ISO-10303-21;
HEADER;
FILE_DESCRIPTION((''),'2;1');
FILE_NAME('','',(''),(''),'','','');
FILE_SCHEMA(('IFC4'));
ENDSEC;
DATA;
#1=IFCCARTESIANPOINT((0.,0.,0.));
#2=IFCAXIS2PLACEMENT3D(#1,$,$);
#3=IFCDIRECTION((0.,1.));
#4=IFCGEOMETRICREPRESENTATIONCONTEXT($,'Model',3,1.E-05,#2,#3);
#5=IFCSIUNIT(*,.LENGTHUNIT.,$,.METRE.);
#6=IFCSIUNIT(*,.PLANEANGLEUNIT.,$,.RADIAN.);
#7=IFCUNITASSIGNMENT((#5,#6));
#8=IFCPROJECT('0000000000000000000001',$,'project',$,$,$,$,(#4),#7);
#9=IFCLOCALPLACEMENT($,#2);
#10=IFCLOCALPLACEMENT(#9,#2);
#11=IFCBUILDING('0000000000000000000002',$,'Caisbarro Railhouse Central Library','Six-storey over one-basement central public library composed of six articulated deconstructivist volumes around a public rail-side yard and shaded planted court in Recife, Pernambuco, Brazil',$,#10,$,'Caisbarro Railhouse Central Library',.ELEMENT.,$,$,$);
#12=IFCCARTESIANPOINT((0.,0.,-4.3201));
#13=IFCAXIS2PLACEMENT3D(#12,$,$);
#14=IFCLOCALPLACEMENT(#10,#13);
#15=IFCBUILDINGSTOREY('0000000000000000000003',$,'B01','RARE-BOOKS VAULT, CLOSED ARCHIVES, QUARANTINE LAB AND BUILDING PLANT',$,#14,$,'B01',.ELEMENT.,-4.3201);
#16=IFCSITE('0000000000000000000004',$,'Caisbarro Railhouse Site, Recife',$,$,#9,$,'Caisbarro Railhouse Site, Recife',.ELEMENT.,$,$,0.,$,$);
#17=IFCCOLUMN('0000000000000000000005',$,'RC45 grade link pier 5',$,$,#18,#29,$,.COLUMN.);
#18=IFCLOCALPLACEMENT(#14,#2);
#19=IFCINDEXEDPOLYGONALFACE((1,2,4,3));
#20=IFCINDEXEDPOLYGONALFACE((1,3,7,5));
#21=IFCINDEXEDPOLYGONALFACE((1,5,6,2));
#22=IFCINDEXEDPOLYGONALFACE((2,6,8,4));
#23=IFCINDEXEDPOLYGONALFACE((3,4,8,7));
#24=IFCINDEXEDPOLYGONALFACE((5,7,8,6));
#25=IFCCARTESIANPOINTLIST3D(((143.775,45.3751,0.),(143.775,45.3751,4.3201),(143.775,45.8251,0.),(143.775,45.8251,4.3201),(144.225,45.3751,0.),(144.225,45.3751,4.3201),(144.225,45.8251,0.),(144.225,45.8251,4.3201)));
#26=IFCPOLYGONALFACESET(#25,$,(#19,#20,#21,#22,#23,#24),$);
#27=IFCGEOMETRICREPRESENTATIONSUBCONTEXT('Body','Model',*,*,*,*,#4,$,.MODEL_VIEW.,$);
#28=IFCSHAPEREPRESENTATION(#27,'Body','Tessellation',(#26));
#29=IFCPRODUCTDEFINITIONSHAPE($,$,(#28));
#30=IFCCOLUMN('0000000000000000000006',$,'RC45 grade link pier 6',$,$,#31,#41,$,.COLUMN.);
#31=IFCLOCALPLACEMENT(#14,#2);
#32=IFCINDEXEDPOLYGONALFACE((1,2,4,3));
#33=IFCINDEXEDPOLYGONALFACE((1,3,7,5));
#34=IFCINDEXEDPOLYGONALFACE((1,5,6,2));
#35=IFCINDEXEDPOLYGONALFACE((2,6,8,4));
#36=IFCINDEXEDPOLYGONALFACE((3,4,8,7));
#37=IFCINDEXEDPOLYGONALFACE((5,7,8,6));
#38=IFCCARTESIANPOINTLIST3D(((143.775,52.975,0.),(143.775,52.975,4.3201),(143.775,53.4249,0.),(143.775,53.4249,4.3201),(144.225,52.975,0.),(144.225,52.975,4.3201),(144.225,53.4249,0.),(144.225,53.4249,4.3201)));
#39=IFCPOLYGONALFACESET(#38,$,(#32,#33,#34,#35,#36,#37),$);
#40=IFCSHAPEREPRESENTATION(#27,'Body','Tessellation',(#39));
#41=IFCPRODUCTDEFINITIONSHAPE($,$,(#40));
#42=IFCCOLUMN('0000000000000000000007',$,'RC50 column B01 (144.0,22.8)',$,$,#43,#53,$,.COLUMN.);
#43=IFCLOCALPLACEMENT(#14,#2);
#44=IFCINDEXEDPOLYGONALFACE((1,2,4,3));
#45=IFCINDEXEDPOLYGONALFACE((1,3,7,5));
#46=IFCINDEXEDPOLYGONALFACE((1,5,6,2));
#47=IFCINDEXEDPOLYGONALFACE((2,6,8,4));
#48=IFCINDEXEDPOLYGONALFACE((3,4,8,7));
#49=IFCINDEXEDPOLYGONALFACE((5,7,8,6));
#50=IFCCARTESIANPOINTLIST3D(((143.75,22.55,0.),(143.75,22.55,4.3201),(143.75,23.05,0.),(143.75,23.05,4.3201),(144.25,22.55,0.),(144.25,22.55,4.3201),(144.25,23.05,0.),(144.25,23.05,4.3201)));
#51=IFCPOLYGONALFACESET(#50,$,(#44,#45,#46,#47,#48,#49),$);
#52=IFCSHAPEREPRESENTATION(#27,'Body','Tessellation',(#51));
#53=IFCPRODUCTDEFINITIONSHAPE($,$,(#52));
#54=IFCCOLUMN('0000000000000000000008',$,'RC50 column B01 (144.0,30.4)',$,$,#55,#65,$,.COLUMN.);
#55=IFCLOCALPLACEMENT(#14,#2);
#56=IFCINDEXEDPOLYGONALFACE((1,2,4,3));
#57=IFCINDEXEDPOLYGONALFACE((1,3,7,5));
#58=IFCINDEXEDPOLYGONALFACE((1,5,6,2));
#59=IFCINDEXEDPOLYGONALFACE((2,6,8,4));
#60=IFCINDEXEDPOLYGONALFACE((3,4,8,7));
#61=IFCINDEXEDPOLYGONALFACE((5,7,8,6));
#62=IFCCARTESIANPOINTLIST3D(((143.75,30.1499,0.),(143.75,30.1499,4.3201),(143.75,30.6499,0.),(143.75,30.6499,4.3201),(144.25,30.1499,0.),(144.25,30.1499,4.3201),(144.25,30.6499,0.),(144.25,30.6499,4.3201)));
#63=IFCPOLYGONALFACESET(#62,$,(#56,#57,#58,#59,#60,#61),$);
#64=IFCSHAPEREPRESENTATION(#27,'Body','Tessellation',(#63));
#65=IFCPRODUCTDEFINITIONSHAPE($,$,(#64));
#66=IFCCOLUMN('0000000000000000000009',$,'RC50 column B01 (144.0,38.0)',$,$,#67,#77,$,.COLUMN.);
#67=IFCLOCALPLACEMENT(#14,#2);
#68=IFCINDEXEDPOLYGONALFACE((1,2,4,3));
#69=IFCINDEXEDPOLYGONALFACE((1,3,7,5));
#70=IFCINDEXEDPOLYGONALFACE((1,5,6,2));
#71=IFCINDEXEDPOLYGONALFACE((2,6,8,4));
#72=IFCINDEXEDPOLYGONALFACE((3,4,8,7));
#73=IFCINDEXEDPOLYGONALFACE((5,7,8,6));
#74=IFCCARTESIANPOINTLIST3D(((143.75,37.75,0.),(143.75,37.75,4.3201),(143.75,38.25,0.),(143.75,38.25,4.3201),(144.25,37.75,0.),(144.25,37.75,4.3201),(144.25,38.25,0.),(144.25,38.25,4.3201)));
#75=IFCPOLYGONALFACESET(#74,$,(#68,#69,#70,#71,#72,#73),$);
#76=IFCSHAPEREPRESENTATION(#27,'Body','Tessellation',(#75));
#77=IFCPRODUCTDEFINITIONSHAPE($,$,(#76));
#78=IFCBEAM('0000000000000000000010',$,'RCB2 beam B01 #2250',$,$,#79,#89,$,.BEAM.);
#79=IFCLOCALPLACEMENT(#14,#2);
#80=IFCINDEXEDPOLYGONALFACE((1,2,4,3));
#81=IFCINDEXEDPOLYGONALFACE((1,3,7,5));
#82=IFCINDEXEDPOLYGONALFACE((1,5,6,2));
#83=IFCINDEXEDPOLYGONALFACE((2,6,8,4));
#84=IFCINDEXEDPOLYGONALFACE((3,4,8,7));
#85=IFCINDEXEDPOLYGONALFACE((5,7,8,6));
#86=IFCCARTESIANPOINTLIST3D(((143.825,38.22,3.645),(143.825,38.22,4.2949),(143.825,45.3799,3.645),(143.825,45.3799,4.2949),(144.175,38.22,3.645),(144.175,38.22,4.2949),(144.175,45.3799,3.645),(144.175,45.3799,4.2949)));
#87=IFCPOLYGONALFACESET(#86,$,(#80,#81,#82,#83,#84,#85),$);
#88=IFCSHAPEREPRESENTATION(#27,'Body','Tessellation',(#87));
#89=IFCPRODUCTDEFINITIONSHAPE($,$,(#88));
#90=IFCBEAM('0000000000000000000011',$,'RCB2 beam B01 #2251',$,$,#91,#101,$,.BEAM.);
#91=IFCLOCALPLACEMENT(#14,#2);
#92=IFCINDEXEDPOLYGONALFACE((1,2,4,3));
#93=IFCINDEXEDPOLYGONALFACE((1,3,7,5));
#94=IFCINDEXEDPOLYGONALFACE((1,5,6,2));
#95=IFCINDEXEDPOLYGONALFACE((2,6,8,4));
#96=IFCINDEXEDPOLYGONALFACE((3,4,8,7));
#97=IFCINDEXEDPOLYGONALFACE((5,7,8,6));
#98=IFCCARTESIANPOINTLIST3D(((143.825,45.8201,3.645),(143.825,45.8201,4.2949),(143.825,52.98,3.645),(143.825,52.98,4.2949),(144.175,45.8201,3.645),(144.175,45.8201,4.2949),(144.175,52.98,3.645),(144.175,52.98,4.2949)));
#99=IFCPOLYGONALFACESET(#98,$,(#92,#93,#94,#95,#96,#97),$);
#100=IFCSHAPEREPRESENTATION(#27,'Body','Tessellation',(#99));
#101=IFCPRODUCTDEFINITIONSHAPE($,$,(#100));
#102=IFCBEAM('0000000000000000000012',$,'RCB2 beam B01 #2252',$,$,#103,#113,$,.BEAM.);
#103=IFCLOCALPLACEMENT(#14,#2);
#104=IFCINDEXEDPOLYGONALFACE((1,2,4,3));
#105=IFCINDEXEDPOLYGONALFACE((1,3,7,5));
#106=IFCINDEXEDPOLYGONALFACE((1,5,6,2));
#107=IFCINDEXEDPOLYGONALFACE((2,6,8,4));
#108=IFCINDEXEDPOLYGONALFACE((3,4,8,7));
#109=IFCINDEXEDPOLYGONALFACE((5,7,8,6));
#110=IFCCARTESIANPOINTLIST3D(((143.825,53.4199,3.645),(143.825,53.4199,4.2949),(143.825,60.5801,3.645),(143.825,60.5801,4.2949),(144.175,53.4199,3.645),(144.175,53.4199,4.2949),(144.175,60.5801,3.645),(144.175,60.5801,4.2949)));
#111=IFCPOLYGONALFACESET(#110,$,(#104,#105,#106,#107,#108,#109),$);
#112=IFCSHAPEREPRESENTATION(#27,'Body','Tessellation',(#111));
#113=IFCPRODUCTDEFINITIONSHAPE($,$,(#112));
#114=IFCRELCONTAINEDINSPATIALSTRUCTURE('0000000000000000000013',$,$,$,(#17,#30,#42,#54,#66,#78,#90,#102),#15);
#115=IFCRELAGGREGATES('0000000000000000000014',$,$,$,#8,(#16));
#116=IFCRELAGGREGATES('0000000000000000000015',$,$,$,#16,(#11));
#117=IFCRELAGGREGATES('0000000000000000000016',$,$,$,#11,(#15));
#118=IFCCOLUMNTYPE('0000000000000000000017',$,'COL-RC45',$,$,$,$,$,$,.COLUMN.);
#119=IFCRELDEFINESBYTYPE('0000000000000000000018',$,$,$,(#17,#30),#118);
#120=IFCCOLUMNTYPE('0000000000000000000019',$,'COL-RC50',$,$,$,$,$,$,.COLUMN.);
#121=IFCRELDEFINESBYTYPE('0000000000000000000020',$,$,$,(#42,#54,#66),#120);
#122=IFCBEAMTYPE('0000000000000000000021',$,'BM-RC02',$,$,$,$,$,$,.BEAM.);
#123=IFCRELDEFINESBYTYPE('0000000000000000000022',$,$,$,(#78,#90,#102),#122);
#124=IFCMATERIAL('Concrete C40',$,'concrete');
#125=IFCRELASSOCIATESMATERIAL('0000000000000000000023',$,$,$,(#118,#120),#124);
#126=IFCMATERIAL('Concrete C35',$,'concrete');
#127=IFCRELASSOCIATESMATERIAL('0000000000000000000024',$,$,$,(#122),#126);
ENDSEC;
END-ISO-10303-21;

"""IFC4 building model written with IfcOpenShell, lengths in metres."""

from ifc_helpers import new_model, si_unit, direction, frame, origin, origin_2d, place, context, subcontext, project, spatial, rectangle, extrude, material, material_profile, profile_set, type_object, element, save


model = new_model("IFC4")

# Units and contexts
model_context = context("Model", 3, precision=1e-05, world=origin(), true_north=direction((0.0, 1.0)))
body_context = subcontext(model_context, "Body", "Model", "MODEL_VIEW")
ifc_project = project(units=[si_unit("LENGTHUNIT", "METRE"), si_unit("PLANEANGLEUNIT", "RADIAN")], contexts=[model_context])

# Site, building, storey
site_placement = place(None, origin())
site = spatial("IfcSite", under=ifc_project, at=site_placement, Name="Caisbarro Railhouse Site, Recife", LongName="Caisbarro Railhouse Site, Recife", CompositionType="ELEMENT", RefElevation=0.0)
building_placement = place(site_placement, origin())
building = spatial("IfcBuilding", under=site, at=building_placement, Name="Caisbarro Railhouse Central Library", Description="Six-storey over one-basement central public library composed of six articulated deconstructivist volumes around a public rail-side yard and shaded planted court in Recife, Pernambuco, Brazil", LongName="Caisbarro Railhouse Central Library", CompositionType="ELEMENT")
storey_placement = place(building_placement, frame((0.0, 0.0, -4.3201)))
storey = spatial("IfcBuildingStorey", under=building, at=storey_placement, Name="B01", Description="RARE-BOOKS VAULT, CLOSED ARCHIVES, QUARANTINE LAB AND BUILDING PLANT", LongName="B01", CompositionType="ELEMENT", Elevation=-4.3201)

# Shared definitions
ifc_material_1 = material(Name="Concrete C35", Category="concrete")
ifc_material_2 = material(Name="Concrete C40", Category="concrete")

# Columns
ifc_material_profile_1 = material_profile(ifc_material_2, rectangle(XDim=0.45, YDim=0.45, at=origin_2d()), Name="RC-COL-450X450")
ifc_profile_set_1 = profile_set([ifc_material_profile_1], Name="Concrete C40")
column_type_1 = type_object("IfcColumnType", Name="COL-RC45", PredefinedType="COLUMN", material=ifc_profile_set_1)
for number, where, z_axis, x_axis, name in (
    (1, (144.0, 45.6001, 0.0), (0.0, 0.0, 1.0), (1.0, 0.0, 0.0), "RC45 grade link pier 5"),
    (2, (144.0, 53.2, 0.0), (0.0, 0.0, 1.0), (1.0, 0.0, 0.0), "RC45 grade link pier 6"),
):
    element("IfcColumn", number, at=place(storey_placement, frame(where, z_axis=z_axis, x_axis=x_axis)), inside=storey, type_object=column_type_1, Name=name, PredefinedType="COLUMN", context=body_context, shape_type="SweptSolid", body=[
        extrude(rectangle(XDim=0.45, YDim=0.45, at=origin_2d()), origin(), (0.0, 0.0, 1.0), 4.3201),
    ])
ifc_material_profile_2 = material_profile(ifc_material_2, rectangle(XDim=0.5, YDim=0.5, at=origin_2d()), Name="RC-COL-500X500")
ifc_profile_set_2 = profile_set([ifc_material_profile_2], Name="Concrete C40")
column_type_2 = type_object("IfcColumnType", Name="COL-RC50", PredefinedType="COLUMN", material=ifc_profile_set_2)
for number, where, z_axis, x_axis, name in (
    (3, (144.0, 22.8, 0.0), (0.0, 0.0, 1.0), (1.0, 0.0, 0.0), "RC50 column B01 (144.0,22.8)"),
    (4, (144.0, 30.3999, 0.0), (0.0, 0.0, 1.0), (1.0, 0.0, 0.0), "RC50 column B01 (144.0,30.4)"),
    (5, (144.0, 38.0, 0.0), (0.0, 0.0, 1.0), (1.0, 0.0, 0.0), "RC50 column B01 (144.0,38.0)"),
):
    element("IfcColumn", number, at=place(storey_placement, frame(where, z_axis=z_axis, x_axis=x_axis)), inside=storey, type_object=column_type_2, Name=name, PredefinedType="COLUMN", context=body_context, shape_type="SweptSolid", body=[
        extrude(rectangle(XDim=0.5, YDim=0.5, at=origin_2d()), origin(), (0.0, 0.0, 1.0), 4.3201),
    ])

# Beams
ifc_material_profile_3 = material_profile(ifc_material_1, rectangle(XDim=0.3501, YDim=0.6499, at=origin_2d()), Name="RC-BM-350X650")
ifc_profile_set_3 = profile_set([ifc_material_profile_3], Name="Concrete C35")
beam_type = type_object("IfcBeamType", Name="BM-RC02", PredefinedType="BEAM", material=ifc_profile_set_3)
for number, where, z_axis, x_axis, name in (
    (6, (144.0, 38.22, 3.97), (0.0, 1.0, 0.0), (-1.0, 0.0, 0.0), "RCB2 beam B01 #2250"),
    (7, (144.0, 45.8201, 3.97), (0.0, 1.0, 0.0), (-1.0, 0.0, 0.0), "RCB2 beam B01 #2251"),
):
    element("IfcBeam", number, at=place(storey_placement, frame(where, z_axis=z_axis, x_axis=x_axis)), inside=storey, type_object=beam_type, Name=name, PredefinedType="BEAM", context=body_context, shape_type="SweptSolid", body=[
        extrude(rectangle(XDim=0.3501, YDim=0.6499, at=origin_2d()), origin(), (0.0, 0.0, 1.0), 7.1599),
    ])
beam_placement = place(storey_placement, frame((144.0, 53.4199, 3.97), z_axis=(0.0, 1.0, 0.0), x_axis=(-1.0, 0.0, 0.0)))
element("IfcBeam", 8, at=beam_placement, inside=storey, type_object=beam_type, Name="RCB2 beam B01 #2252", PredefinedType="BEAM", context=body_context, shape_type="SweptSolid", body=[
    extrude(rectangle(XDim=0.3501, YDim=0.6499, at=origin_2d()), origin(), (0.0, 0.0, 1.0), 7.1602),
])

save(model, "model.ifc")
